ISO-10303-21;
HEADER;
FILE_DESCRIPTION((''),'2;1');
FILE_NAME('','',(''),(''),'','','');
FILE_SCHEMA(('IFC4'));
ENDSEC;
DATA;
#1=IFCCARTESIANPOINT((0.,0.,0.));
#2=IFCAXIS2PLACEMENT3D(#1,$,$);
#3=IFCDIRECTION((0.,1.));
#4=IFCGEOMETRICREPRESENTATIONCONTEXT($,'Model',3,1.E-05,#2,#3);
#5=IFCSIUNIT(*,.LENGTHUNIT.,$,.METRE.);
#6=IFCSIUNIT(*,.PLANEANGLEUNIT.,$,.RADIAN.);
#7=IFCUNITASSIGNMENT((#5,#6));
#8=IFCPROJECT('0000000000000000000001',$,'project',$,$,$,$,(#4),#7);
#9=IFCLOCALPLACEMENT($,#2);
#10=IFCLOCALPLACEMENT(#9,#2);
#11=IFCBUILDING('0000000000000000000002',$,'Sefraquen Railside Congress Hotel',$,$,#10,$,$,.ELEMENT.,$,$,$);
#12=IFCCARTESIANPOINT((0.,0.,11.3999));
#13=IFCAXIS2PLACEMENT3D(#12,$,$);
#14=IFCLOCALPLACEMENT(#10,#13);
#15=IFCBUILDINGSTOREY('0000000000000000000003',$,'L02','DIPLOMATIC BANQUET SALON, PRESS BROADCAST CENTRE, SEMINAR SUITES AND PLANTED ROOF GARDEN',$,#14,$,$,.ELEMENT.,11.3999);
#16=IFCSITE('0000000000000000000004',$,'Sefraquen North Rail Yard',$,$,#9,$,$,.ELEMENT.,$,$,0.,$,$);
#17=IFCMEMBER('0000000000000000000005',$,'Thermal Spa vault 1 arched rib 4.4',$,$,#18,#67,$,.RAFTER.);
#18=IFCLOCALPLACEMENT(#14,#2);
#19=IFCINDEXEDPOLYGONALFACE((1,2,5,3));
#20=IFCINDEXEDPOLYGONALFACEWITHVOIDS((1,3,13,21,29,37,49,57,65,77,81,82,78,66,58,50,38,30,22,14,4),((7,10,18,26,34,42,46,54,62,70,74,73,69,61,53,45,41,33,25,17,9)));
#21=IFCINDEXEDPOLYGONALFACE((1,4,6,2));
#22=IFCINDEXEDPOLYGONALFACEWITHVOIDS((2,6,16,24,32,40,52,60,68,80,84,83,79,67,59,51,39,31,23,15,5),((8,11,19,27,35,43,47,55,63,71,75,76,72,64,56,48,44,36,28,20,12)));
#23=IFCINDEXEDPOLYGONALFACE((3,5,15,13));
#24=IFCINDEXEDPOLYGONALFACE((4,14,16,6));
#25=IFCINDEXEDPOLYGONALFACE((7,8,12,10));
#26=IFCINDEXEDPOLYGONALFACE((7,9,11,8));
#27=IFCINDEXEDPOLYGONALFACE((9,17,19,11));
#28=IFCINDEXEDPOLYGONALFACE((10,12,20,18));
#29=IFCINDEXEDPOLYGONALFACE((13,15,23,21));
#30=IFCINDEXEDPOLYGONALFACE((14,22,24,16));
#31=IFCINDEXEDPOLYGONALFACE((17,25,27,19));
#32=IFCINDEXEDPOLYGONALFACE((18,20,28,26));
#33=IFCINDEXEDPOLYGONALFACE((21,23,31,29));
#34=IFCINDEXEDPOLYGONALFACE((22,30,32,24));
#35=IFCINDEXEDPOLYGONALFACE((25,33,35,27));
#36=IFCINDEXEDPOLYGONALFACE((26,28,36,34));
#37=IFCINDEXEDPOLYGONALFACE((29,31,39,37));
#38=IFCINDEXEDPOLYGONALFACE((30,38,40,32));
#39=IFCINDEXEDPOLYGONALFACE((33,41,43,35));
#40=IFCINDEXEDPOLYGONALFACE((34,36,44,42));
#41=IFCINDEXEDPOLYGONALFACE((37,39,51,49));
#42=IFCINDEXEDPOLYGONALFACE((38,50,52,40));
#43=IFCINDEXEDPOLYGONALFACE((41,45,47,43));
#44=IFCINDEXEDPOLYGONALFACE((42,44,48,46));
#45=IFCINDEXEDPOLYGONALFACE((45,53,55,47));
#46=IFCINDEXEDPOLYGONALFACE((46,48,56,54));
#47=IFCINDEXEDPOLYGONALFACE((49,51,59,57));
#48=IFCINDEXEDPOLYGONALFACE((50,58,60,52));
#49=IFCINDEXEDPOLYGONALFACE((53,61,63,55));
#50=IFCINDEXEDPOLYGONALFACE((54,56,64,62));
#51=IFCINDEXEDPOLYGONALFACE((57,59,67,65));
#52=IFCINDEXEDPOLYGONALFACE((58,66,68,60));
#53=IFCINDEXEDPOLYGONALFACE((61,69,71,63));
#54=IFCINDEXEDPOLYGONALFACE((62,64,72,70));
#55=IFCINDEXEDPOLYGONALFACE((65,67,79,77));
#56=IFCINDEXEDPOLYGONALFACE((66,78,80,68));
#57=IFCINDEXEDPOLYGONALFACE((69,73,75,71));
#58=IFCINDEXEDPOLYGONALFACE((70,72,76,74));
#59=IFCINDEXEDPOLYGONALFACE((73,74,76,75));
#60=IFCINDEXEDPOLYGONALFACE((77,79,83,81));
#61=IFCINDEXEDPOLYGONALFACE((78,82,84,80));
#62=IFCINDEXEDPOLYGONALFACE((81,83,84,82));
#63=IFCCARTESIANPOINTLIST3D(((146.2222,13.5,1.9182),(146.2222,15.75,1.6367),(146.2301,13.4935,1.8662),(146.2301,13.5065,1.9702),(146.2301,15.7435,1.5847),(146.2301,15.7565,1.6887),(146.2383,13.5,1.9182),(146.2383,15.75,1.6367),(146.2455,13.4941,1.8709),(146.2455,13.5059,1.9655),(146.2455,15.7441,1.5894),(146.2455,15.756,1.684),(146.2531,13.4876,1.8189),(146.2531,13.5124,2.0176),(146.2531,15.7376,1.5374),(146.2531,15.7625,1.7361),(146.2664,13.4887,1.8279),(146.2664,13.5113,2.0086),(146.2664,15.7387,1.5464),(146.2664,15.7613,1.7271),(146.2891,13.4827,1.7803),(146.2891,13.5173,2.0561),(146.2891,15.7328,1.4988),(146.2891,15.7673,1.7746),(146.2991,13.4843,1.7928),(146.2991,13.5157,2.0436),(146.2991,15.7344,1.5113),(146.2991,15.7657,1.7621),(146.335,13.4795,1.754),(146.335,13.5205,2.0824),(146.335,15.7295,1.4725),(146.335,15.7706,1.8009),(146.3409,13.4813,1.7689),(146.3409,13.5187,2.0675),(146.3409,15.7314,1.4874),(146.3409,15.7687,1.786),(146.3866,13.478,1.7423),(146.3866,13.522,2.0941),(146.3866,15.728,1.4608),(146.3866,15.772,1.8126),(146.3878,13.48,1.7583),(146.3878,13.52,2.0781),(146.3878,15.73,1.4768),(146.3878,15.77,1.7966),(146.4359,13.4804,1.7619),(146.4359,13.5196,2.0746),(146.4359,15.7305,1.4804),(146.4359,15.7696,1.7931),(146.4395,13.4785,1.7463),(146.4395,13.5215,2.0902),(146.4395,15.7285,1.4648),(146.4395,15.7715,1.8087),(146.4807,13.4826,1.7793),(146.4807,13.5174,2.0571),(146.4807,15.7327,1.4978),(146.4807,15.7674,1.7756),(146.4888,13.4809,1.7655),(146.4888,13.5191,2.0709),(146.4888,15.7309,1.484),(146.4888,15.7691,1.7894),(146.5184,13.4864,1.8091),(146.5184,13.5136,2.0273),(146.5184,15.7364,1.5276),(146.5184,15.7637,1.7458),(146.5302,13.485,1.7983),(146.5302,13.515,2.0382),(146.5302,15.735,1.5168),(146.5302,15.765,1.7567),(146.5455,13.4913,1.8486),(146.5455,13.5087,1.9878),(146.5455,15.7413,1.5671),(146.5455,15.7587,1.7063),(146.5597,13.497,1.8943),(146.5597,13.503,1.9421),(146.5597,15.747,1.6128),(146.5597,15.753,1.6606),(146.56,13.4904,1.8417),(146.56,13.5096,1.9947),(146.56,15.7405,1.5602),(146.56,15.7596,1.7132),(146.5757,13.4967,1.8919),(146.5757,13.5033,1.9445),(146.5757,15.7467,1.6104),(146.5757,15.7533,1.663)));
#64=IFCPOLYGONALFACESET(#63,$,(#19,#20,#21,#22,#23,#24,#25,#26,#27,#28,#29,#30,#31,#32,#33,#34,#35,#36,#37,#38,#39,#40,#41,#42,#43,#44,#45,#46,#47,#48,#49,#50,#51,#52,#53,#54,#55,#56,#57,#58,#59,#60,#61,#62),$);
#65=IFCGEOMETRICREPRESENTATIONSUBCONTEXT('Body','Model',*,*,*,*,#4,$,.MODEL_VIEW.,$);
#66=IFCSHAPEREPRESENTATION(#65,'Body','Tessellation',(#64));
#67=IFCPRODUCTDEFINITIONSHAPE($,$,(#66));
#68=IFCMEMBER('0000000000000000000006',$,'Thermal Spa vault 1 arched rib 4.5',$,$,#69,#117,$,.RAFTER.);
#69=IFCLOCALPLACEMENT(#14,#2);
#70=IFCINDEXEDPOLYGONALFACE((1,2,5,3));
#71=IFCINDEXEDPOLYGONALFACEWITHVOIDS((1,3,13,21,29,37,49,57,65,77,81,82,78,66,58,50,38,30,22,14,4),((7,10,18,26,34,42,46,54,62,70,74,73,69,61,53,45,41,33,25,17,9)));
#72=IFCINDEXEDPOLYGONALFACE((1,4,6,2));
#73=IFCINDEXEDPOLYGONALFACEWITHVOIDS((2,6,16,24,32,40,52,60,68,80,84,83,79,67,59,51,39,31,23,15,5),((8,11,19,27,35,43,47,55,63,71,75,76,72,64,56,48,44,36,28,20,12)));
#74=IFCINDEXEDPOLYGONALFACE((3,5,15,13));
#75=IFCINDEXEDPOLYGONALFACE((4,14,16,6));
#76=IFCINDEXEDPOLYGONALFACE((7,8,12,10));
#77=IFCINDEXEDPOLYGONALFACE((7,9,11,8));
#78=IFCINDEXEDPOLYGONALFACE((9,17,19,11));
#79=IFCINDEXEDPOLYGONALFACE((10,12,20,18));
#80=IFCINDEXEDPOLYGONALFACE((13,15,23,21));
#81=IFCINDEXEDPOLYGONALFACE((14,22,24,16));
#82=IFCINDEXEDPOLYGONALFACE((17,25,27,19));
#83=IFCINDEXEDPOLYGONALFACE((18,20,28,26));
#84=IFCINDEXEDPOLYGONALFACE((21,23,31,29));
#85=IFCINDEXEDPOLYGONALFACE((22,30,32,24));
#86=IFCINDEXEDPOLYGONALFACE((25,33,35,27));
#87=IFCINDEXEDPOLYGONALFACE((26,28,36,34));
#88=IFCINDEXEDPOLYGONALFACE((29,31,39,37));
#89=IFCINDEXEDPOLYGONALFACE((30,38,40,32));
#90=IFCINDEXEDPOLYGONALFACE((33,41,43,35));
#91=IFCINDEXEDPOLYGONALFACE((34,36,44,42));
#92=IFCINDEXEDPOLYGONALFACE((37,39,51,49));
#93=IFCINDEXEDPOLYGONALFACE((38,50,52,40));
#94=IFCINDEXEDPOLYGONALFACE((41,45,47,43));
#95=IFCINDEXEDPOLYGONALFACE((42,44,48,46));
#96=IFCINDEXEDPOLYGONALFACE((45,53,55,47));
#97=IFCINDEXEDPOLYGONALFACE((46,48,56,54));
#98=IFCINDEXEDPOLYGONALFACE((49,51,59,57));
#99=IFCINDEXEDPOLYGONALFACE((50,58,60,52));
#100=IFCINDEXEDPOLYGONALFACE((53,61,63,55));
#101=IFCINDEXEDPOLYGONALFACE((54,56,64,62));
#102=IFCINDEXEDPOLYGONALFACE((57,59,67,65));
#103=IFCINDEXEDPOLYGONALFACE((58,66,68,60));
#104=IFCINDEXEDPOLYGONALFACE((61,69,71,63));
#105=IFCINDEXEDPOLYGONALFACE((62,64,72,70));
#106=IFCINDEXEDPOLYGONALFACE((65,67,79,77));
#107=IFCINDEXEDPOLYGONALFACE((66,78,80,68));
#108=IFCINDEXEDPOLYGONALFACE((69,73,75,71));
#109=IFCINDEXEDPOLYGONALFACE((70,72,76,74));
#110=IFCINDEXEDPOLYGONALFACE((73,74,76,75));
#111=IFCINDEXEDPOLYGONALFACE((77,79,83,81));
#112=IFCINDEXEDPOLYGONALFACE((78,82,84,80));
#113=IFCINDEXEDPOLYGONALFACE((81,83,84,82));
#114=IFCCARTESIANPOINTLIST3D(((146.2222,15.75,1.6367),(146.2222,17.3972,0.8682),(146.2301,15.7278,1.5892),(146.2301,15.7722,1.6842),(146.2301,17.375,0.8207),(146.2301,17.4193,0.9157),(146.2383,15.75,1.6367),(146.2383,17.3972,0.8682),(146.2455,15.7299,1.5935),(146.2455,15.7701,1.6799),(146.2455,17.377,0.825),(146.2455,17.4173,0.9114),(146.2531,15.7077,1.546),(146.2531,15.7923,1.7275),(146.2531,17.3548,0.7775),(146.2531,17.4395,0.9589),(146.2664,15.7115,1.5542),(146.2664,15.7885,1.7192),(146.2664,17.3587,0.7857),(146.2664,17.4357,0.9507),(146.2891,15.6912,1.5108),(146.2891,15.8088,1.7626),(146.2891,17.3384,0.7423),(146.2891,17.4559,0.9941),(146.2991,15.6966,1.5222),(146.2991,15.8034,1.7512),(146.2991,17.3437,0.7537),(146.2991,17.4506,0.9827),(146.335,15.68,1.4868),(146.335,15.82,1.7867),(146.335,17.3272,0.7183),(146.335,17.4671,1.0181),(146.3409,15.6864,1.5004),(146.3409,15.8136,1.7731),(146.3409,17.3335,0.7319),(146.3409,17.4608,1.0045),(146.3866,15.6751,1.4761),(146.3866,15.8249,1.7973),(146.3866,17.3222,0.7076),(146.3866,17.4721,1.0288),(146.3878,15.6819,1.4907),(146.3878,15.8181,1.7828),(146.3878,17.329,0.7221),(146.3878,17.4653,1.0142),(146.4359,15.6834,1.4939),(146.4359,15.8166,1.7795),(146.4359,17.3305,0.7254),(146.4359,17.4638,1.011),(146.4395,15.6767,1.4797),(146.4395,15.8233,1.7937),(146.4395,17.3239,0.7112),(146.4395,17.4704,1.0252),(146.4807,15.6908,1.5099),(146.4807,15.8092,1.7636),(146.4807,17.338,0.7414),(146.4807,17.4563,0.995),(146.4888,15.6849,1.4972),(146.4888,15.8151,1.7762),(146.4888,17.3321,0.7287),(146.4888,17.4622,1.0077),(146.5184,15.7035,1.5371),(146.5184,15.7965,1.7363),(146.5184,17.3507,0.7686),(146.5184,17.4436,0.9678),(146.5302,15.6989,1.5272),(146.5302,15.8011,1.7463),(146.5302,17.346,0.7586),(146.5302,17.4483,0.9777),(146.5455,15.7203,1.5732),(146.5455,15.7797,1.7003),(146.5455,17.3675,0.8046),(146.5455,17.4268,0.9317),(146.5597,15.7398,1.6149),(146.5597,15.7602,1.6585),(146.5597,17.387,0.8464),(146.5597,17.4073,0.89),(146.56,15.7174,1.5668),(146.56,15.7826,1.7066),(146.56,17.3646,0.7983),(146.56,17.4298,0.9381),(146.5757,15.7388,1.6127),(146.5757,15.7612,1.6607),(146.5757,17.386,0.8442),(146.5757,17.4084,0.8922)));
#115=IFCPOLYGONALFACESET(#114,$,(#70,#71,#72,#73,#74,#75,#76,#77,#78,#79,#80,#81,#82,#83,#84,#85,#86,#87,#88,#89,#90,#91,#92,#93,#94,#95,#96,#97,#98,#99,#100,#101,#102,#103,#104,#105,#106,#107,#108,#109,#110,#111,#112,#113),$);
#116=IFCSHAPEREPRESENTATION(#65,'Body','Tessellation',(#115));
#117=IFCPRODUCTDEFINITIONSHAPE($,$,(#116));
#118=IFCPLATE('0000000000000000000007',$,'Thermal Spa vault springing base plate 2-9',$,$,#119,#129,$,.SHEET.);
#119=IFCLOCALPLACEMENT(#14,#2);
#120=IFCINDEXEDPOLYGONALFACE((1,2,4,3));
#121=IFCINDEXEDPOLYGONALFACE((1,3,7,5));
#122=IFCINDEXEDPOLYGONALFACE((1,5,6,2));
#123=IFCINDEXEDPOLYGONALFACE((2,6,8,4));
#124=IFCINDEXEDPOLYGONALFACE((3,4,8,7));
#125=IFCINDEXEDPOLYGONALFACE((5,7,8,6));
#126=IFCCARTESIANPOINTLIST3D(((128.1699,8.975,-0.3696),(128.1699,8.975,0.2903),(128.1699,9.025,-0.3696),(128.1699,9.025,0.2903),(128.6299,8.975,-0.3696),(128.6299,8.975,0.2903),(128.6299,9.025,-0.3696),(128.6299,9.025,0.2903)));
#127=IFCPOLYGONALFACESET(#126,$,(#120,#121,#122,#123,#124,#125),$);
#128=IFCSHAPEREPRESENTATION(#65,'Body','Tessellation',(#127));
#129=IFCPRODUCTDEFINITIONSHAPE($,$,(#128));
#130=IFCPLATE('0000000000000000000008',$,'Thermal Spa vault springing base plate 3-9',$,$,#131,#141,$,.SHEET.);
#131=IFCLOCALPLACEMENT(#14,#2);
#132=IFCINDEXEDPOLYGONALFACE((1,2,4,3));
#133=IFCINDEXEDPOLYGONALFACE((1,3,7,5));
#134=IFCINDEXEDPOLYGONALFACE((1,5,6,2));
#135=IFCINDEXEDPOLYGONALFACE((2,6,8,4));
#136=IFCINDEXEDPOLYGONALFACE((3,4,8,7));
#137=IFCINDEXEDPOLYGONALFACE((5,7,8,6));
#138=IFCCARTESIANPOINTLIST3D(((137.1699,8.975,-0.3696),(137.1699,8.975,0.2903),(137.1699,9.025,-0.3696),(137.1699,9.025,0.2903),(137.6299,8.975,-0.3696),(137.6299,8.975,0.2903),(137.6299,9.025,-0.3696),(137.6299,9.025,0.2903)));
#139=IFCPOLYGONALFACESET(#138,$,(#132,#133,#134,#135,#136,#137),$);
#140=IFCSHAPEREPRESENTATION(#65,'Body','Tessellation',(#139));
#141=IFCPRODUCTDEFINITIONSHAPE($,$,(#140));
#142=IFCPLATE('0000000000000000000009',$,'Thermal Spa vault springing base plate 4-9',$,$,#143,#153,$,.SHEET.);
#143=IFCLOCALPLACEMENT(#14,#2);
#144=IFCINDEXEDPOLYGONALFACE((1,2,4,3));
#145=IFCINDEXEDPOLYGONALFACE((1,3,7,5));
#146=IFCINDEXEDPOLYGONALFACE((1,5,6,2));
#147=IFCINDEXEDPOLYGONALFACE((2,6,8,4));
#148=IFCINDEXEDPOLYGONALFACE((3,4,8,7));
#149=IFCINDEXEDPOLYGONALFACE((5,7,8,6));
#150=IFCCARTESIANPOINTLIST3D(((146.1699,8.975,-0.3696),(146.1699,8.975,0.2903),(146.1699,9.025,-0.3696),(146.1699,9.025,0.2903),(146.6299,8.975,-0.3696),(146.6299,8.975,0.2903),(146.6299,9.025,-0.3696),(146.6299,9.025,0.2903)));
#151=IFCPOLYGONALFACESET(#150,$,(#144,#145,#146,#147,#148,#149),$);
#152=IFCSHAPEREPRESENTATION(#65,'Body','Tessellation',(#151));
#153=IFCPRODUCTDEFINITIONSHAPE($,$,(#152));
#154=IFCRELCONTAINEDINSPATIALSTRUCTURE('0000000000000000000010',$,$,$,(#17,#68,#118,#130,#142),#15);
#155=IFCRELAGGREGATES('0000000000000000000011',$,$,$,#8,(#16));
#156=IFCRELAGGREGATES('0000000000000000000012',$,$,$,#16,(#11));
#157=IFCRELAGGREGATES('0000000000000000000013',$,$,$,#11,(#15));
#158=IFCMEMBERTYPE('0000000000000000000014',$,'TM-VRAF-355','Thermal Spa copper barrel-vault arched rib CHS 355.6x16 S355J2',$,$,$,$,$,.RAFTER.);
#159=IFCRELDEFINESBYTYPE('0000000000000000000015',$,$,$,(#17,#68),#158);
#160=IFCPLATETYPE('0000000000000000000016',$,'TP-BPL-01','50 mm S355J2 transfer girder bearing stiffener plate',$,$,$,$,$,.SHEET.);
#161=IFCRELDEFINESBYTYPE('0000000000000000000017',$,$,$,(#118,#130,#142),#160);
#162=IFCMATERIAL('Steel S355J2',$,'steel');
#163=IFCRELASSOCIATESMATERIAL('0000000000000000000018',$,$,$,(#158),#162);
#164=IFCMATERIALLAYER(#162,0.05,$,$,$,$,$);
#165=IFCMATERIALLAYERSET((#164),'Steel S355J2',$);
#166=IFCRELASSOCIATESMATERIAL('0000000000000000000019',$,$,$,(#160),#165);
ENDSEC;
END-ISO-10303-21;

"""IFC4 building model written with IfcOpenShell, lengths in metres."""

from ifc_helpers import new_model, si_unit, direction, frame, origin, origin_2d, place, context, subcontext, project, spatial, rectangle, hollow_circle, extrude, material, layer, layer_set, material_profile, profile_set, type_object, element, save


model = new_model("IFC4")

# Units and contexts
model_context = context("Model", 3, precision=1e-05, world=origin(), true_north=direction((0.0, 1.0)))
body_context = subcontext(model_context, "Body", "Model", "MODEL_VIEW")
ifc_project = project(units=[si_unit("LENGTHUNIT", "METRE"), si_unit("PLANEANGLEUNIT", "RADIAN")], contexts=[model_context])

# Site, building, storey
site_placement = place(None, origin())
site = spatial("IfcSite", under=ifc_project, at=site_placement, Name="Sefraquen North Rail Yard", CompositionType="ELEMENT", RefElevation=0.0)
building_placement = place(site_placement, origin())
building = spatial("IfcBuilding", under=site, at=building_placement, Name="Sefraquen Railside Congress Hotel", CompositionType="ELEMENT")
storey_placement = place(building_placement, frame((0.0, 0.0, 11.3999)))
storey = spatial("IfcBuildingStorey", under=building, at=storey_placement, Name="L02", Description="DIPLOMATIC BANQUET SALON, PRESS BROADCAST CENTRE, SEMINAR SUITES AND PLANTED ROOF GARDEN", CompositionType="ELEMENT", Elevation=11.3999)

# Members
ifc_material_1 = material(Name="Steel S355J2", Category="steel")
ifc_material_profile_1 = material_profile(ifc_material_1, hollow_circle(Radius=0.1777, WallThickness=0.0161, at=origin_2d()), Name="CHS 355.6x16")
ifc_profile_set_1 = profile_set([ifc_material_profile_1], Name="Steel S355J2")
member_type = type_object("IfcMemberType", Name="TM-VRAF-355", Description="Thermal Spa copper barrel-vault arched rib CHS 355.6x16 S355J2", PredefinedType="RAFTER", material=ifc_profile_set_1)
for number, where, z_axis, x_axis, name in (
    (1, (146.3999, 13.5, 1.9182), (0.0, 0.992265, -0.124141), (-1.0, 0.0, 0.0), "Thermal Spa vault 1 arched rib 4.4"),
):
    element("IfcMember", number, at=place(storey_placement, frame(where, z_axis=z_axis, x_axis=x_axis)), inside=storey, type_object=member_type, Name=name, PredefinedType="RAFTER", context=body_context, shape_type="SweptSolid", body=[
        extrude(hollow_circle(Radius=0.1777, WallThickness=0.0161, at=origin_2d()), origin(), (0.0, 0.0, 1.0), 2.2676),
    ])
member_1_placement = place(storey_placement, frame((146.3999, 15.75, 1.6367), z_axis=(0.0, 0.906214, -0.422819), x_axis=(-1.0, 0.0, 0.0)))
element("IfcMember", 2, at=member_1_placement, inside=storey, type_object=member_type, Name="Thermal Spa vault 1 arched rib 4.5", PredefinedType="RAFTER", context=body_context, shape_type="SweptSolid", body=[
    extrude(hollow_circle(Radius=0.1777, WallThickness=0.0161, at=origin_2d()), origin(), (0.0, 0.0, 1.0), 1.8176),
])

# Plates
ifc_layer = layer(ifc_material_1, 0.05)
ifc_layer_set = layer_set([ifc_layer], Name="Steel S355J2")
plate_type = type_object("IfcPlateType", Name="TP-BPL-01", Description="50 mm S355J2 transfer girder bearing stiffener plate", PredefinedType="SHEET", material=ifc_layer_set)
for number, where, z_axis, x_axis, name in (
    (3, (128.3999, 9.0, -0.3696), (0.0, 0.0, 1.0), (1.0, 0.0, 0.0), "Thermal Spa vault springing base plate 2-9"),
    (4, (137.3999, 9.0, -0.3696), (0.0, 0.0, 1.0), (1.0, 0.0, 0.0), "Thermal Spa vault springing base plate 3-9"),
    (5, (146.3999, 9.0, -0.3696), (0.0, 0.0, 1.0), (1.0, 0.0, 0.0), "Thermal Spa vault springing base plate 4-9"),
):
    element("IfcPlate", number, at=place(storey_placement, frame(where, z_axis=z_axis, x_axis=x_axis)), inside=storey, type_object=plate_type, Name=name, PredefinedType="SHEET", context=body_context, shape_type="SweptSolid", body=[
        extrude(rectangle(XDim=0.46, YDim=0.05, at=origin_2d()), origin(), (0.0, 0.0, 1.0), 0.6599),
    ])

save(model, "model.ifc")
